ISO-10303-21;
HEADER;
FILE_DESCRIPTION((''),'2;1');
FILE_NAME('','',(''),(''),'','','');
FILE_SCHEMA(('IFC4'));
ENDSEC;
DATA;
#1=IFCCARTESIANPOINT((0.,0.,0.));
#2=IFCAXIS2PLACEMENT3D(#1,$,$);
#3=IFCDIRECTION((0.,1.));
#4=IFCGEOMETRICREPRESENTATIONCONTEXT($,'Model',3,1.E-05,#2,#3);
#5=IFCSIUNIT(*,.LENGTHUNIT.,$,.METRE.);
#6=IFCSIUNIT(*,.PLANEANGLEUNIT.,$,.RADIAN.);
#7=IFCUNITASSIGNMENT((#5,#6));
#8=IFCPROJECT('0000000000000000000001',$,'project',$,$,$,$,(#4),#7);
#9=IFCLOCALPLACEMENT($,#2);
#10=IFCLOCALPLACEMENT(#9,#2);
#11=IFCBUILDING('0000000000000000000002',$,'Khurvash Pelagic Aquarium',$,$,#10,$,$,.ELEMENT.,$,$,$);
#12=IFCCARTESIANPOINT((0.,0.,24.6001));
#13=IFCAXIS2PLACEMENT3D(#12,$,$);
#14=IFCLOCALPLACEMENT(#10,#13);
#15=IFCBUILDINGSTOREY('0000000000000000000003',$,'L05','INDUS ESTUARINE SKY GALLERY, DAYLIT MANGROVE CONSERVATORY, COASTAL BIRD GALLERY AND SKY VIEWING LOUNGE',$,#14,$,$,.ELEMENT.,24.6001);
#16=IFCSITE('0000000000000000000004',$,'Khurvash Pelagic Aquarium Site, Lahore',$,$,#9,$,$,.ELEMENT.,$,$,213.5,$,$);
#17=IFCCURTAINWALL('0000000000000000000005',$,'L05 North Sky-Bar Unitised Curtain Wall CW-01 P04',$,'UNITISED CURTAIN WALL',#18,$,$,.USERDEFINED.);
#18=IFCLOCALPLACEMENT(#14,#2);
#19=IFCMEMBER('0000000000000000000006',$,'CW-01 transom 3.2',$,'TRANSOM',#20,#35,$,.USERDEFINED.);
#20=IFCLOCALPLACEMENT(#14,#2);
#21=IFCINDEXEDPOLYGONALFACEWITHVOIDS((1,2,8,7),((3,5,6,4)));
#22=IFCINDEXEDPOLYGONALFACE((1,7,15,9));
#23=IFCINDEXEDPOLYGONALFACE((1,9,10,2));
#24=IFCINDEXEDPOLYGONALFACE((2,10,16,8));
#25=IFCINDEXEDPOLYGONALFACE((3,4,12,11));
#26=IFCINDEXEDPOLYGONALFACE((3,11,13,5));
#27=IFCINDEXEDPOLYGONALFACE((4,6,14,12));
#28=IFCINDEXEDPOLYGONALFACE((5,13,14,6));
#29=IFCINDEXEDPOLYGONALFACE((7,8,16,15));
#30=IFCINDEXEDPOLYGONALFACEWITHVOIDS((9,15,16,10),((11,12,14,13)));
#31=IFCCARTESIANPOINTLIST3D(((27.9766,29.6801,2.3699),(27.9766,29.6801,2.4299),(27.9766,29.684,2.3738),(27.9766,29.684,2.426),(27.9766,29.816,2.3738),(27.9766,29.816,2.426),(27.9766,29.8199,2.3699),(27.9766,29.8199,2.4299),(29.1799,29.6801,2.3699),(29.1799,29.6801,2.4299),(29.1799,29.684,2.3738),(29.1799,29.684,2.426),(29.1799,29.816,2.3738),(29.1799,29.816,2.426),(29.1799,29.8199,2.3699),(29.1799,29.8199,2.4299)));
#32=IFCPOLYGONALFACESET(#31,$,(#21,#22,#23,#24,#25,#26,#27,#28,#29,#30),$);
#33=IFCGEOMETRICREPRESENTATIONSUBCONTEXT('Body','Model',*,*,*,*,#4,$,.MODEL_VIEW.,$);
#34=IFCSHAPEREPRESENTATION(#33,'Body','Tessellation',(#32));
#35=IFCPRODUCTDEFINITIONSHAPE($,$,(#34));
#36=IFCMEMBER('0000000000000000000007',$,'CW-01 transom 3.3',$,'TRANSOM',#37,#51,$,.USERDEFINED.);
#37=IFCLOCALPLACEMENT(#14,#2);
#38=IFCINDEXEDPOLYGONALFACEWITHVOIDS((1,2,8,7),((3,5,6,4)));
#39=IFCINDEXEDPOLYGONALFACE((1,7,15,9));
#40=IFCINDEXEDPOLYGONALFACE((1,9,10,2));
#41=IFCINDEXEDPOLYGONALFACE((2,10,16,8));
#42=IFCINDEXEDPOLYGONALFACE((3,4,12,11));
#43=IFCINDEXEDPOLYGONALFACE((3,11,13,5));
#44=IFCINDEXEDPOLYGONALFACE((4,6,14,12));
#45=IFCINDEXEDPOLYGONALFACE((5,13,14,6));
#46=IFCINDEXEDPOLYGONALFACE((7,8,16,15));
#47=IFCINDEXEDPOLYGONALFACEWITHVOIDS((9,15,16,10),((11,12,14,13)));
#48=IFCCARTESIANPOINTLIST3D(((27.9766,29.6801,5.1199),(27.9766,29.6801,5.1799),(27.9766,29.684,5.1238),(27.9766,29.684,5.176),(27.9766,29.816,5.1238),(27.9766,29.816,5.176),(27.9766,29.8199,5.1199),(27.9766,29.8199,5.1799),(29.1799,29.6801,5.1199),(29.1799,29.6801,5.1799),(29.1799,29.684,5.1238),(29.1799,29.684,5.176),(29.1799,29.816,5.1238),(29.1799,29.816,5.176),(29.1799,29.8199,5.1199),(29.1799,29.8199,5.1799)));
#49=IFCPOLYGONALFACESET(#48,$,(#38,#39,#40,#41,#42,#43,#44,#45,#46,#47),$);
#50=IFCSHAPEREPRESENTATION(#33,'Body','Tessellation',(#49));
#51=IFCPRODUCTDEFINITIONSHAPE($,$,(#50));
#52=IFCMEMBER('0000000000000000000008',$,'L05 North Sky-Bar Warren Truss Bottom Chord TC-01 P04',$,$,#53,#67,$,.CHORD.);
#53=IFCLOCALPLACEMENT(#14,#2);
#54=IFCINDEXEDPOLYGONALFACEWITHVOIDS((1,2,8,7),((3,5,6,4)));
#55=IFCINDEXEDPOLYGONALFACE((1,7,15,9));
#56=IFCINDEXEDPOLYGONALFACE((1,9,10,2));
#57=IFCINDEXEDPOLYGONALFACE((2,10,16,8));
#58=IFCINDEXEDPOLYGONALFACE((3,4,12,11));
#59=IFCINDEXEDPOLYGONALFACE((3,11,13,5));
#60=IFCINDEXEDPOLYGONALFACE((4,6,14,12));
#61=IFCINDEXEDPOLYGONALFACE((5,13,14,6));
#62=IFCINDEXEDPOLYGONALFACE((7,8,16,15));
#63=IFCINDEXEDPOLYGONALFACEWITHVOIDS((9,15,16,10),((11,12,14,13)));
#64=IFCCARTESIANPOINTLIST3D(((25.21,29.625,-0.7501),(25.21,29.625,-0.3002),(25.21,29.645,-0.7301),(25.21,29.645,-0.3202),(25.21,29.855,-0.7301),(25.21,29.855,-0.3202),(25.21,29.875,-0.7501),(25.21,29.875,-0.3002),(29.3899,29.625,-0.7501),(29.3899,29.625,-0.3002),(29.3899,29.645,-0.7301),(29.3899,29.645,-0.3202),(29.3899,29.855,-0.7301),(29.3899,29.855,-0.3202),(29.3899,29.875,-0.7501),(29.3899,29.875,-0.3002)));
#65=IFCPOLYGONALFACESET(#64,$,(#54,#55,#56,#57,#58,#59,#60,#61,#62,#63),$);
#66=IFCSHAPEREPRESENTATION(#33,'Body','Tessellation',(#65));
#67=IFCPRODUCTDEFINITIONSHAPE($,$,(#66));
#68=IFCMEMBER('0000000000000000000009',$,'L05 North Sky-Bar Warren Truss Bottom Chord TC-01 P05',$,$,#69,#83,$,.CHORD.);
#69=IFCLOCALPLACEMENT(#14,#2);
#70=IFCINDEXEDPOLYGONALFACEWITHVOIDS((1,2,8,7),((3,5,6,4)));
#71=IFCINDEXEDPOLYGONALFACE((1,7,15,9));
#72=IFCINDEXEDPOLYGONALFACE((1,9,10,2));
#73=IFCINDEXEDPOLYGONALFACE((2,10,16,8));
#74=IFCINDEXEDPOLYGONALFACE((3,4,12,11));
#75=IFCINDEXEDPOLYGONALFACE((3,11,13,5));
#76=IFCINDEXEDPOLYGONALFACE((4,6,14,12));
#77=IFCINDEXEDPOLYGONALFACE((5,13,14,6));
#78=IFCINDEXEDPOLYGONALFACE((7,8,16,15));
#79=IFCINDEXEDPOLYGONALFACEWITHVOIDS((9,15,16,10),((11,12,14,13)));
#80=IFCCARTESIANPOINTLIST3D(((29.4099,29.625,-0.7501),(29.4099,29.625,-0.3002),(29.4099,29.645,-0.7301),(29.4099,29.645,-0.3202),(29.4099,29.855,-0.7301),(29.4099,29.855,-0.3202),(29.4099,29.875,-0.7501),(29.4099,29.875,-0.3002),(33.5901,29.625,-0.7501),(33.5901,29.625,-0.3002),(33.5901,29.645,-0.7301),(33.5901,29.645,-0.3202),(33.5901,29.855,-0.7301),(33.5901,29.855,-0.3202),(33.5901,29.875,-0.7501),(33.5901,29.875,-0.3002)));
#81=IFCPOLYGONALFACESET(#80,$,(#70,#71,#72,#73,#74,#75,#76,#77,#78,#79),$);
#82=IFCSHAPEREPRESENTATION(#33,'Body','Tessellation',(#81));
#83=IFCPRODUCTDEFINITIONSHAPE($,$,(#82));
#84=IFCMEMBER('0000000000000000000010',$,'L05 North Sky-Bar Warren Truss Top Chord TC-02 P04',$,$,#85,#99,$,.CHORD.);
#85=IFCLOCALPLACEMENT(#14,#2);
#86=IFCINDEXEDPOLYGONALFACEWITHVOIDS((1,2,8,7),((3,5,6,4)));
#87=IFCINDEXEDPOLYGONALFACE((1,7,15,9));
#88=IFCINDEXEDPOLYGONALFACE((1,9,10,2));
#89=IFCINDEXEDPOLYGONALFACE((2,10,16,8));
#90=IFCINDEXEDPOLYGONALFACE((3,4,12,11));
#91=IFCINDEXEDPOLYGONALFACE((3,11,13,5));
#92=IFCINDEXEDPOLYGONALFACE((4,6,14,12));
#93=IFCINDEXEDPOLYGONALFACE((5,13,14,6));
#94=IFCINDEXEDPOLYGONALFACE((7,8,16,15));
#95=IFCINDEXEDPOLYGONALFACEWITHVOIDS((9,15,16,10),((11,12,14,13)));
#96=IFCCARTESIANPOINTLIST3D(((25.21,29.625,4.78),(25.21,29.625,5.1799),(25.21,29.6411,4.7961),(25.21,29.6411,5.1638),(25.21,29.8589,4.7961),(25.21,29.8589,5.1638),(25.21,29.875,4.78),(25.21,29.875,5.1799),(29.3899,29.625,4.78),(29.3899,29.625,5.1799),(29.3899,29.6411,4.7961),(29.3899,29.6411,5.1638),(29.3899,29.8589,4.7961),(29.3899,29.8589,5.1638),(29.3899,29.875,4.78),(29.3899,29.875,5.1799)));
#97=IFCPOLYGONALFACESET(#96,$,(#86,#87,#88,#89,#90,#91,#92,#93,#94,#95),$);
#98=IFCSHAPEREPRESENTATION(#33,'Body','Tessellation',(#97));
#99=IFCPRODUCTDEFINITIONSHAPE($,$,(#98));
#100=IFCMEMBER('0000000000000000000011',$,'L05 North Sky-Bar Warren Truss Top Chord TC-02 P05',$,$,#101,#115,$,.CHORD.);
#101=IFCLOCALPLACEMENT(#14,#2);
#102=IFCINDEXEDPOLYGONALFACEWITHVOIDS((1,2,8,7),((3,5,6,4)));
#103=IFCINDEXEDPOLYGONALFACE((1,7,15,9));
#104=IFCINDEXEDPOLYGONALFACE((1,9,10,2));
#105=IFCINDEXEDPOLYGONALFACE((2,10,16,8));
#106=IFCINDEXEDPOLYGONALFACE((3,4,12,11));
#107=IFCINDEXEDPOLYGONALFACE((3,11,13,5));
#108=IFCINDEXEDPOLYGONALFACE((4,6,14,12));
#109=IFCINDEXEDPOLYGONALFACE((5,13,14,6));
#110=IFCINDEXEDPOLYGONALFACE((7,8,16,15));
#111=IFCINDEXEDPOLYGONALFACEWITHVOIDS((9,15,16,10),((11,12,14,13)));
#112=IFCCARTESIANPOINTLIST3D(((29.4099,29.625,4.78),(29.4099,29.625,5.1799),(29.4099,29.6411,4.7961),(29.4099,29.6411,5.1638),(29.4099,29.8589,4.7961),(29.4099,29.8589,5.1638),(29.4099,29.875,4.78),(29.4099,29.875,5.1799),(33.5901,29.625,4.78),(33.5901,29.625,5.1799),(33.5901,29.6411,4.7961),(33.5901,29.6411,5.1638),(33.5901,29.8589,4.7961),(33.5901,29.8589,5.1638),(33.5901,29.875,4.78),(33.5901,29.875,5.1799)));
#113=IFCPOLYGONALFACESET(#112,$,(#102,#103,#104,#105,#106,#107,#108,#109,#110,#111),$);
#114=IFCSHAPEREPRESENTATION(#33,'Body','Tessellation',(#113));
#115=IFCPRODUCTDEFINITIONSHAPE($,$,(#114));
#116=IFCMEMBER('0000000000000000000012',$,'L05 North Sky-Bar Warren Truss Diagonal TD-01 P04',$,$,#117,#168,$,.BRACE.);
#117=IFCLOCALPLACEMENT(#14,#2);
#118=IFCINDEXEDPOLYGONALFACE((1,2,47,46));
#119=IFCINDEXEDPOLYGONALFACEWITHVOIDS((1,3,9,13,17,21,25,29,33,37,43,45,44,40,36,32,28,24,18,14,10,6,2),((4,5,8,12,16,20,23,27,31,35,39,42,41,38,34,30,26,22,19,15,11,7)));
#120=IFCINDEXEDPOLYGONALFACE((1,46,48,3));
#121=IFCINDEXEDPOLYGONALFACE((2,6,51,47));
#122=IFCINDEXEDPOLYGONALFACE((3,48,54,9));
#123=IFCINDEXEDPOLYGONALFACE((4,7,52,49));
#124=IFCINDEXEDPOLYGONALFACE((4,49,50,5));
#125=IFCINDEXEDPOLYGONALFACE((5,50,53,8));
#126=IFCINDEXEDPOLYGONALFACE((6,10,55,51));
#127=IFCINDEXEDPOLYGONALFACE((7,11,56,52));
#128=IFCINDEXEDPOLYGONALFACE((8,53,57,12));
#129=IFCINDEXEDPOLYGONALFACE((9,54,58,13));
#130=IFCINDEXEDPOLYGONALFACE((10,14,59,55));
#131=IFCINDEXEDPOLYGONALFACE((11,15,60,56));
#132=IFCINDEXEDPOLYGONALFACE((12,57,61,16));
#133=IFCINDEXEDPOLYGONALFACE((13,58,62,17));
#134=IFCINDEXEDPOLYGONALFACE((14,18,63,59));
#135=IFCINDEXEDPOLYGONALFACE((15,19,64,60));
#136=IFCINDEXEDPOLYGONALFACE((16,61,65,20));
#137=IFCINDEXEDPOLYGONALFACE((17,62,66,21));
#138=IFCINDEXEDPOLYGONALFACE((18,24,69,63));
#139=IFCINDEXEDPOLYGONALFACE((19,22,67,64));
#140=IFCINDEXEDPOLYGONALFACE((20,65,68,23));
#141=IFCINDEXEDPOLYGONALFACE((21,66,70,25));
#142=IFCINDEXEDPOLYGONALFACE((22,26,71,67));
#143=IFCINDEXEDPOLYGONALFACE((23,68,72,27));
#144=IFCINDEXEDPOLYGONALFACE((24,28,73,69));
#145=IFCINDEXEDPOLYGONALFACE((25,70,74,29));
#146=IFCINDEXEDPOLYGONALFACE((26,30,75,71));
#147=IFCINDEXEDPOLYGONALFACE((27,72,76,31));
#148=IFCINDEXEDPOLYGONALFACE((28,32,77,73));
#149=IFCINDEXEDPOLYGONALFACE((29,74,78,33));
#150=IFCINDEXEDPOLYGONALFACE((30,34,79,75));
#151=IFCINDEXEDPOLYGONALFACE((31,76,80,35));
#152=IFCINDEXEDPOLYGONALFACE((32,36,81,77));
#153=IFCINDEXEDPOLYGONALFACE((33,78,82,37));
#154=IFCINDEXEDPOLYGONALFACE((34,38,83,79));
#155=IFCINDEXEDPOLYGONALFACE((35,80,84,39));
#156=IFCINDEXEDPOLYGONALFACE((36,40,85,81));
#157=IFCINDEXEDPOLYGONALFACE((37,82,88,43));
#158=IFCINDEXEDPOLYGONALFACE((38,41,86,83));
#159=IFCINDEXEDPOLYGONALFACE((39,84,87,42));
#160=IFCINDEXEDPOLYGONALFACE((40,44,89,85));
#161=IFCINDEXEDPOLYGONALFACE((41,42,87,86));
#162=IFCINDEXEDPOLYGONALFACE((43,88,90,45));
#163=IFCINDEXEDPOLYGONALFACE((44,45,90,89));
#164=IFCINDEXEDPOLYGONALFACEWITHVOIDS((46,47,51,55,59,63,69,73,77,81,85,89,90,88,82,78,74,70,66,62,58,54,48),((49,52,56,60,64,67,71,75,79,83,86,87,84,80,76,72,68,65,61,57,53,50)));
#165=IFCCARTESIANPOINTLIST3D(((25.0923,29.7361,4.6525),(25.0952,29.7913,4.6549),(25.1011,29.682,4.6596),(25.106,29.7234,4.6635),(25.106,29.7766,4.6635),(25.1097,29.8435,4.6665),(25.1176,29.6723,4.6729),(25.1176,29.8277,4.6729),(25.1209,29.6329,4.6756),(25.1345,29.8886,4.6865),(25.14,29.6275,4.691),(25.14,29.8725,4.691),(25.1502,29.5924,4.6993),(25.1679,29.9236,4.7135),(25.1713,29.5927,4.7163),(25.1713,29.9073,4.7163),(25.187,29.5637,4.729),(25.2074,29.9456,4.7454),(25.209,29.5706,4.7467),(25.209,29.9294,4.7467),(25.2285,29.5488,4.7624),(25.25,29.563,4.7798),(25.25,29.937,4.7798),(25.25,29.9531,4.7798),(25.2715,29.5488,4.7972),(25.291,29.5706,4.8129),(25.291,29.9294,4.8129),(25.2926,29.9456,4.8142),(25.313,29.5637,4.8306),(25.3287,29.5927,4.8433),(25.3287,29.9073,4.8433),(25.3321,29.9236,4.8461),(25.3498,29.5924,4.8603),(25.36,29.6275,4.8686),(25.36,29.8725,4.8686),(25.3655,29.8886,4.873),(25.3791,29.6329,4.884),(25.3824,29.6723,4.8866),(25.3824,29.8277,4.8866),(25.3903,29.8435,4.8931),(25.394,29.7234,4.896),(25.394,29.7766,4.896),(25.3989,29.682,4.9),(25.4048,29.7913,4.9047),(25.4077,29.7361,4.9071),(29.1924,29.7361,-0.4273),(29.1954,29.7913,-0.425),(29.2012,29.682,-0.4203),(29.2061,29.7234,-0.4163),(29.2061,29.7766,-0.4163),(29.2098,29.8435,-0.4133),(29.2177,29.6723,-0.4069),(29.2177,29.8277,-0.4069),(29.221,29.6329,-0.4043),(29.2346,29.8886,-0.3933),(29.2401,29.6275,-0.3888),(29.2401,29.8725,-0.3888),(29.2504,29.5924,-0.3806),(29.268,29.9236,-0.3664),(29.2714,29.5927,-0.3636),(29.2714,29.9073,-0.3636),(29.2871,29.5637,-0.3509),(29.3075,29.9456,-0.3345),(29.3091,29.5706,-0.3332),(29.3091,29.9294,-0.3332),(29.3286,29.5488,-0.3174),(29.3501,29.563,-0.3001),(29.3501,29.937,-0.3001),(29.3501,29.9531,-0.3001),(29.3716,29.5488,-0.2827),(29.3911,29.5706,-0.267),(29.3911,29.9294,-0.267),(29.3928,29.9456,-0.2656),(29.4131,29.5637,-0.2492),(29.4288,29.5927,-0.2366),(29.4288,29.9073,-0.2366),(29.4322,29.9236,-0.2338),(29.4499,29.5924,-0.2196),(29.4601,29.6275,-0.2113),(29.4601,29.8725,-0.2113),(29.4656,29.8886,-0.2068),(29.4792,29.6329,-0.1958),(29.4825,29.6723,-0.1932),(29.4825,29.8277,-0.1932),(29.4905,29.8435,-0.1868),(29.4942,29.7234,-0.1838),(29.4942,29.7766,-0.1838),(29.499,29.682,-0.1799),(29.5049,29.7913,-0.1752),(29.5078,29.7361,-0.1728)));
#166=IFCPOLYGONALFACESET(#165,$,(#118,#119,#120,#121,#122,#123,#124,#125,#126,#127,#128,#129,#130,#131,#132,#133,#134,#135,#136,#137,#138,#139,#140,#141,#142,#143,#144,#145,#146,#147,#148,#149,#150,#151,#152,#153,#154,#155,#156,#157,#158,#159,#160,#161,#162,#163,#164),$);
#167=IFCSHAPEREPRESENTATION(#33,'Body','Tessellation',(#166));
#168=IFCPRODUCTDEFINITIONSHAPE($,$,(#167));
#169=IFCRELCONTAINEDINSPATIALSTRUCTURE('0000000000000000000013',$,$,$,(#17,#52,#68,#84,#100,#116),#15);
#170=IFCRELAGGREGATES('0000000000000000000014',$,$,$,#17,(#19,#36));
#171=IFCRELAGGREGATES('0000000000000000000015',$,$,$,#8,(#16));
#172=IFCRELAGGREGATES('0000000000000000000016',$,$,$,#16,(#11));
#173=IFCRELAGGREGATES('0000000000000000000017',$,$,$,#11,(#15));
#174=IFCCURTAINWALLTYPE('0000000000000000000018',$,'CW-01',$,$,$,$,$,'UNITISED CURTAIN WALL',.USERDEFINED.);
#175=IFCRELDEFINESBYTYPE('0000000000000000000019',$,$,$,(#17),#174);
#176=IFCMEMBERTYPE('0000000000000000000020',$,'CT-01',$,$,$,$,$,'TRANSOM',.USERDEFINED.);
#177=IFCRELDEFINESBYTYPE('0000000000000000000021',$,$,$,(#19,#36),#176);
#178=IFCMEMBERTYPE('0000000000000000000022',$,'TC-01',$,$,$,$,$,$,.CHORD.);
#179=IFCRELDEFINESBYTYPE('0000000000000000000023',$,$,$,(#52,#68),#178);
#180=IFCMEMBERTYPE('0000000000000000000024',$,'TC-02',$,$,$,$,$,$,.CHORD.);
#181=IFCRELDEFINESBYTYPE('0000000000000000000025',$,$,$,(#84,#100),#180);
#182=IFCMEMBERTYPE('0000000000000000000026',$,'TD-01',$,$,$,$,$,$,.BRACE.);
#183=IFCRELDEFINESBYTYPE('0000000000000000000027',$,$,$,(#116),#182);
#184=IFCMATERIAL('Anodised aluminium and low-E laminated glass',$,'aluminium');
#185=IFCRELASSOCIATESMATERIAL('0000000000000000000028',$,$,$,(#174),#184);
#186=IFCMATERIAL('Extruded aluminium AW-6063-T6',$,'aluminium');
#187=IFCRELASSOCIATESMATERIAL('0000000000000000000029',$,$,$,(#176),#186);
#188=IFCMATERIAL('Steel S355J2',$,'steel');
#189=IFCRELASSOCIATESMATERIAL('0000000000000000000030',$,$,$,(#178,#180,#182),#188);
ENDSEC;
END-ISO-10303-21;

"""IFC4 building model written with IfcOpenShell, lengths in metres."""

from ifc_helpers import new_model, si_unit, direction, frame, origin, origin_2d, place, context, subcontext, project, spatial, hollow_rectangle, hollow_circle, extrude, material, material_profile, profile_set, type_object, element, aggregate, save


model = new_model("IFC4")

# Units and contexts
model_context = context("Model", 3, precision=1e-05, world=origin(), true_north=direction((0.0, 1.0)))
body_context = subcontext(model_context, "Body", "Model", "MODEL_VIEW")
ifc_project = project(units=[si_unit("LENGTHUNIT", "METRE"), si_unit("PLANEANGLEUNIT", "RADIAN")], contexts=[model_context])

# Site, building, storey
site_placement = place(None, origin())
site = spatial("IfcSite", under=ifc_project, at=site_placement, Name="Khurvash Pelagic Aquarium Site, Lahore", CompositionType="ELEMENT", RefElevation=213.5)
building_placement = place(site_placement, origin())
building = spatial("IfcBuilding", under=site, at=building_placement, Name="Khurvash Pelagic Aquarium", CompositionType="ELEMENT")
storey_placement = place(building_placement, frame((0.0, 0.0, 24.6001)))
storey = spatial("IfcBuildingStorey", under=building, at=storey_placement, Name="L05", Description="INDUS ESTUARINE SKY GALLERY, DAYLIT MANGROVE CONSERVATORY, COASTAL BIRD GALLERY AND SKY VIEWING LOUNGE", CompositionType="ELEMENT", Elevation=24.6001)

# Curtain wall, members
ifc_material_1 = material(Name="Anodised aluminium and low-E laminated glass", Category="aluminium")
curtain_wall_type = type_object("IfcCurtainWallType", Name="CW-01", ElementType="UNITISED CURTAIN WALL", PredefinedType="USERDEFINED", material=ifc_material_1)
curtain_wall_placement = place(storey_placement, origin())
curtain_wall = element("IfcCurtainWall", 1, at=curtain_wall_placement, inside=storey, type_object=curtain_wall_type, Name="L05 North Sky-Bar Unitised Curtain Wall CW-01 P04", ObjectType="UNITISED CURTAIN WALL", PredefinedType="USERDEFINED")
ifc_material_2 = material(Name="Extruded aluminium AW-6063-T6", Category="aluminium")
ifc_material_profile_1 = material_profile(ifc_material_2, hollow_rectangle(XDim=0.1399, YDim=0.0601, WallThickness=0.0039, at=origin_2d()), Name="CWT140X60X4")
ifc_profile_set_1 = profile_set([ifc_material_profile_1], Name="Extruded aluminium AW-6063-T6")
member_type_1 = type_object("IfcMemberType", Name="CT-01", ElementType="TRANSOM", PredefinedType="USERDEFINED", material=ifc_profile_set_1)
member_1_placement = place(storey_placement, frame((27.9766, 29.75, 2.3999), z_axis=(1.0, 0.0, 0.0), x_axis=(0.0, 1.0, 0.0)))
member_1 = element("IfcMember", 2, at=member_1_placement, type_object=member_type_1, Name="CW-01 transom 3.2", ObjectType="TRANSOM", PredefinedType="USERDEFINED", context=body_context, shape_type="SweptSolid", body=[
    extrude(hollow_rectangle(XDim=0.1399, YDim=0.0601, WallThickness=0.0039, at=origin_2d()), origin(), (0.0, 0.0, 1.0), 1.2034),
])
member_2_placement = place(storey_placement, frame((27.9766, 29.75, 5.1499), z_axis=(1.0, 0.0, 0.0), x_axis=(0.0, 1.0, 0.0)))
member_2 = element("IfcMember", 3, at=member_2_placement, type_object=member_type_1, Name="CW-01 transom 3.3", ObjectType="TRANSOM", PredefinedType="USERDEFINED", context=body_context, shape_type="SweptSolid", body=[
    extrude(hollow_rectangle(XDim=0.1399, YDim=0.0601, WallThickness=0.0039, at=origin_2d()), origin(), (0.0, 0.0, 1.0), 1.2034),
])

# Members
ifc_material_3 = material(Name="Steel S355J2", Category="steel")
ifc_material_profile_2 = material_profile(ifc_material_3, hollow_rectangle(XDim=0.25, YDim=0.45, WallThickness=0.02, at=origin_2d()), Name="RHS450X250X20")
ifc_profile_set_2 = profile_set([ifc_material_profile_2], Name="Steel S355J2")
member_type_2 = type_object("IfcMemberType", Name="TC-01", PredefinedType="CHORD", material=ifc_profile_set_2)
member_3_placement = place(storey_placement, frame((25.21, 29.75, -0.5251), z_axis=(1.0, 0.0, 0.0), x_axis=(0.0, 1.0, 0.0)))
element("IfcMember", 4, at=member_3_placement, inside=storey, type_object=member_type_2, Name="L05 North Sky-Bar Warren Truss Bottom Chord TC-01 P04", PredefinedType="CHORD", context=body_context, shape_type="SweptSolid", body=[
    extrude(hollow_rectangle(XDim=0.25, YDim=0.45, WallThickness=0.02, at=origin_2d()), origin(), (0.0, 0.0, 1.0), 4.1799),
])
member_4_placement = place(storey_placement, frame((29.4099, 29.75, -0.5251), z_axis=(1.0, 0.0, 0.0), x_axis=(0.0, 1.0, 0.0)))
element("IfcMember", 5, at=member_4_placement, inside=storey, type_object=member_type_2, Name="L05 North Sky-Bar Warren Truss Bottom Chord TC-01 P05", PredefinedType="CHORD", context=body_context, shape_type="SweptSolid", body=[
    extrude(hollow_rectangle(XDim=0.25, YDim=0.45, WallThickness=0.02, at=origin_2d()), origin(), (0.0, 0.0, 1.0), 4.1802),
])
ifc_material_profile_3 = material_profile(ifc_material_3, hollow_rectangle(XDim=0.25, YDim=0.3999, WallThickness=0.0161, at=origin_2d()), Name="RHS400X250X16")
ifc_profile_set_3 = profile_set([ifc_material_profile_3], Name="Steel S355J2")
member_type_3 = type_object("IfcMemberType", Name="TC-02", PredefinedType="CHORD", material=ifc_profile_set_3)
member_5_placement = place(storey_placement, frame((25.21, 29.75, 4.98), z_axis=(1.0, 0.0, 0.0), x_axis=(0.0, 1.0, 0.0)))
element("IfcMember", 6, at=member_5_placement, inside=storey, type_object=member_type_3, Name="L05 North Sky-Bar Warren Truss Top Chord TC-02 P04", PredefinedType="CHORD", context=body_context, shape_type="SweptSolid", body=[
    extrude(hollow_rectangle(XDim=0.25, YDim=0.3999, WallThickness=0.0161, at=origin_2d()), origin(), (0.0, 0.0, 1.0), 4.1799),
])
member_6_placement = place(storey_placement, frame((29.4099, 29.75, 4.98), z_axis=(1.0, 0.0, 0.0), x_axis=(0.0, 1.0, 0.0)))
element("IfcMember", 7, at=member_6_placement, inside=storey, type_object=member_type_3, Name="L05 North Sky-Bar Warren Truss Top Chord TC-02 P05", PredefinedType="CHORD", context=body_context, shape_type="SweptSolid", body=[
    extrude(hollow_rectangle(XDim=0.25, YDim=0.3999, WallThickness=0.0161, at=origin_2d()), origin(), (0.0, 0.0, 1.0), 4.1802),
])
ifc_material_profile_4 = material_profile(ifc_material_3, hollow_circle(Radius=0.2031, WallThickness=0.0161, at=origin_2d()), Name="CHS406X16")
ifc_profile_set_4 = profile_set([ifc_material_profile_4], Name="Steel S355J2")
member_type_4 = type_object("IfcMemberType", Name="TD-01", PredefinedType="BRACE", material=ifc_profile_set_4)
member_7_placement = place(storey_placement, frame((25.25, 29.75, 4.7798), z_axis=(0.628073, 0.0, -0.778154), x_axis=(0.0, 1.0, 0.0)))
element("IfcMember", 8, at=member_7_placement, inside=storey, type_object=member_type_4, Name="L05 North Sky-Bar Warren Truss Diagonal TD-01 P04", PredefinedType="BRACE", context=body_context, shape_type="SweptSolid", body=[
    extrude(hollow_circle(Radius=0.2031, WallThickness=0.0161, at=origin_2d()), origin(), (0.0, 0.0, 1.0), 6.5281),
])

aggregate(curtain_wall, [member_1, member_2])

save(model, "model.ifc")
